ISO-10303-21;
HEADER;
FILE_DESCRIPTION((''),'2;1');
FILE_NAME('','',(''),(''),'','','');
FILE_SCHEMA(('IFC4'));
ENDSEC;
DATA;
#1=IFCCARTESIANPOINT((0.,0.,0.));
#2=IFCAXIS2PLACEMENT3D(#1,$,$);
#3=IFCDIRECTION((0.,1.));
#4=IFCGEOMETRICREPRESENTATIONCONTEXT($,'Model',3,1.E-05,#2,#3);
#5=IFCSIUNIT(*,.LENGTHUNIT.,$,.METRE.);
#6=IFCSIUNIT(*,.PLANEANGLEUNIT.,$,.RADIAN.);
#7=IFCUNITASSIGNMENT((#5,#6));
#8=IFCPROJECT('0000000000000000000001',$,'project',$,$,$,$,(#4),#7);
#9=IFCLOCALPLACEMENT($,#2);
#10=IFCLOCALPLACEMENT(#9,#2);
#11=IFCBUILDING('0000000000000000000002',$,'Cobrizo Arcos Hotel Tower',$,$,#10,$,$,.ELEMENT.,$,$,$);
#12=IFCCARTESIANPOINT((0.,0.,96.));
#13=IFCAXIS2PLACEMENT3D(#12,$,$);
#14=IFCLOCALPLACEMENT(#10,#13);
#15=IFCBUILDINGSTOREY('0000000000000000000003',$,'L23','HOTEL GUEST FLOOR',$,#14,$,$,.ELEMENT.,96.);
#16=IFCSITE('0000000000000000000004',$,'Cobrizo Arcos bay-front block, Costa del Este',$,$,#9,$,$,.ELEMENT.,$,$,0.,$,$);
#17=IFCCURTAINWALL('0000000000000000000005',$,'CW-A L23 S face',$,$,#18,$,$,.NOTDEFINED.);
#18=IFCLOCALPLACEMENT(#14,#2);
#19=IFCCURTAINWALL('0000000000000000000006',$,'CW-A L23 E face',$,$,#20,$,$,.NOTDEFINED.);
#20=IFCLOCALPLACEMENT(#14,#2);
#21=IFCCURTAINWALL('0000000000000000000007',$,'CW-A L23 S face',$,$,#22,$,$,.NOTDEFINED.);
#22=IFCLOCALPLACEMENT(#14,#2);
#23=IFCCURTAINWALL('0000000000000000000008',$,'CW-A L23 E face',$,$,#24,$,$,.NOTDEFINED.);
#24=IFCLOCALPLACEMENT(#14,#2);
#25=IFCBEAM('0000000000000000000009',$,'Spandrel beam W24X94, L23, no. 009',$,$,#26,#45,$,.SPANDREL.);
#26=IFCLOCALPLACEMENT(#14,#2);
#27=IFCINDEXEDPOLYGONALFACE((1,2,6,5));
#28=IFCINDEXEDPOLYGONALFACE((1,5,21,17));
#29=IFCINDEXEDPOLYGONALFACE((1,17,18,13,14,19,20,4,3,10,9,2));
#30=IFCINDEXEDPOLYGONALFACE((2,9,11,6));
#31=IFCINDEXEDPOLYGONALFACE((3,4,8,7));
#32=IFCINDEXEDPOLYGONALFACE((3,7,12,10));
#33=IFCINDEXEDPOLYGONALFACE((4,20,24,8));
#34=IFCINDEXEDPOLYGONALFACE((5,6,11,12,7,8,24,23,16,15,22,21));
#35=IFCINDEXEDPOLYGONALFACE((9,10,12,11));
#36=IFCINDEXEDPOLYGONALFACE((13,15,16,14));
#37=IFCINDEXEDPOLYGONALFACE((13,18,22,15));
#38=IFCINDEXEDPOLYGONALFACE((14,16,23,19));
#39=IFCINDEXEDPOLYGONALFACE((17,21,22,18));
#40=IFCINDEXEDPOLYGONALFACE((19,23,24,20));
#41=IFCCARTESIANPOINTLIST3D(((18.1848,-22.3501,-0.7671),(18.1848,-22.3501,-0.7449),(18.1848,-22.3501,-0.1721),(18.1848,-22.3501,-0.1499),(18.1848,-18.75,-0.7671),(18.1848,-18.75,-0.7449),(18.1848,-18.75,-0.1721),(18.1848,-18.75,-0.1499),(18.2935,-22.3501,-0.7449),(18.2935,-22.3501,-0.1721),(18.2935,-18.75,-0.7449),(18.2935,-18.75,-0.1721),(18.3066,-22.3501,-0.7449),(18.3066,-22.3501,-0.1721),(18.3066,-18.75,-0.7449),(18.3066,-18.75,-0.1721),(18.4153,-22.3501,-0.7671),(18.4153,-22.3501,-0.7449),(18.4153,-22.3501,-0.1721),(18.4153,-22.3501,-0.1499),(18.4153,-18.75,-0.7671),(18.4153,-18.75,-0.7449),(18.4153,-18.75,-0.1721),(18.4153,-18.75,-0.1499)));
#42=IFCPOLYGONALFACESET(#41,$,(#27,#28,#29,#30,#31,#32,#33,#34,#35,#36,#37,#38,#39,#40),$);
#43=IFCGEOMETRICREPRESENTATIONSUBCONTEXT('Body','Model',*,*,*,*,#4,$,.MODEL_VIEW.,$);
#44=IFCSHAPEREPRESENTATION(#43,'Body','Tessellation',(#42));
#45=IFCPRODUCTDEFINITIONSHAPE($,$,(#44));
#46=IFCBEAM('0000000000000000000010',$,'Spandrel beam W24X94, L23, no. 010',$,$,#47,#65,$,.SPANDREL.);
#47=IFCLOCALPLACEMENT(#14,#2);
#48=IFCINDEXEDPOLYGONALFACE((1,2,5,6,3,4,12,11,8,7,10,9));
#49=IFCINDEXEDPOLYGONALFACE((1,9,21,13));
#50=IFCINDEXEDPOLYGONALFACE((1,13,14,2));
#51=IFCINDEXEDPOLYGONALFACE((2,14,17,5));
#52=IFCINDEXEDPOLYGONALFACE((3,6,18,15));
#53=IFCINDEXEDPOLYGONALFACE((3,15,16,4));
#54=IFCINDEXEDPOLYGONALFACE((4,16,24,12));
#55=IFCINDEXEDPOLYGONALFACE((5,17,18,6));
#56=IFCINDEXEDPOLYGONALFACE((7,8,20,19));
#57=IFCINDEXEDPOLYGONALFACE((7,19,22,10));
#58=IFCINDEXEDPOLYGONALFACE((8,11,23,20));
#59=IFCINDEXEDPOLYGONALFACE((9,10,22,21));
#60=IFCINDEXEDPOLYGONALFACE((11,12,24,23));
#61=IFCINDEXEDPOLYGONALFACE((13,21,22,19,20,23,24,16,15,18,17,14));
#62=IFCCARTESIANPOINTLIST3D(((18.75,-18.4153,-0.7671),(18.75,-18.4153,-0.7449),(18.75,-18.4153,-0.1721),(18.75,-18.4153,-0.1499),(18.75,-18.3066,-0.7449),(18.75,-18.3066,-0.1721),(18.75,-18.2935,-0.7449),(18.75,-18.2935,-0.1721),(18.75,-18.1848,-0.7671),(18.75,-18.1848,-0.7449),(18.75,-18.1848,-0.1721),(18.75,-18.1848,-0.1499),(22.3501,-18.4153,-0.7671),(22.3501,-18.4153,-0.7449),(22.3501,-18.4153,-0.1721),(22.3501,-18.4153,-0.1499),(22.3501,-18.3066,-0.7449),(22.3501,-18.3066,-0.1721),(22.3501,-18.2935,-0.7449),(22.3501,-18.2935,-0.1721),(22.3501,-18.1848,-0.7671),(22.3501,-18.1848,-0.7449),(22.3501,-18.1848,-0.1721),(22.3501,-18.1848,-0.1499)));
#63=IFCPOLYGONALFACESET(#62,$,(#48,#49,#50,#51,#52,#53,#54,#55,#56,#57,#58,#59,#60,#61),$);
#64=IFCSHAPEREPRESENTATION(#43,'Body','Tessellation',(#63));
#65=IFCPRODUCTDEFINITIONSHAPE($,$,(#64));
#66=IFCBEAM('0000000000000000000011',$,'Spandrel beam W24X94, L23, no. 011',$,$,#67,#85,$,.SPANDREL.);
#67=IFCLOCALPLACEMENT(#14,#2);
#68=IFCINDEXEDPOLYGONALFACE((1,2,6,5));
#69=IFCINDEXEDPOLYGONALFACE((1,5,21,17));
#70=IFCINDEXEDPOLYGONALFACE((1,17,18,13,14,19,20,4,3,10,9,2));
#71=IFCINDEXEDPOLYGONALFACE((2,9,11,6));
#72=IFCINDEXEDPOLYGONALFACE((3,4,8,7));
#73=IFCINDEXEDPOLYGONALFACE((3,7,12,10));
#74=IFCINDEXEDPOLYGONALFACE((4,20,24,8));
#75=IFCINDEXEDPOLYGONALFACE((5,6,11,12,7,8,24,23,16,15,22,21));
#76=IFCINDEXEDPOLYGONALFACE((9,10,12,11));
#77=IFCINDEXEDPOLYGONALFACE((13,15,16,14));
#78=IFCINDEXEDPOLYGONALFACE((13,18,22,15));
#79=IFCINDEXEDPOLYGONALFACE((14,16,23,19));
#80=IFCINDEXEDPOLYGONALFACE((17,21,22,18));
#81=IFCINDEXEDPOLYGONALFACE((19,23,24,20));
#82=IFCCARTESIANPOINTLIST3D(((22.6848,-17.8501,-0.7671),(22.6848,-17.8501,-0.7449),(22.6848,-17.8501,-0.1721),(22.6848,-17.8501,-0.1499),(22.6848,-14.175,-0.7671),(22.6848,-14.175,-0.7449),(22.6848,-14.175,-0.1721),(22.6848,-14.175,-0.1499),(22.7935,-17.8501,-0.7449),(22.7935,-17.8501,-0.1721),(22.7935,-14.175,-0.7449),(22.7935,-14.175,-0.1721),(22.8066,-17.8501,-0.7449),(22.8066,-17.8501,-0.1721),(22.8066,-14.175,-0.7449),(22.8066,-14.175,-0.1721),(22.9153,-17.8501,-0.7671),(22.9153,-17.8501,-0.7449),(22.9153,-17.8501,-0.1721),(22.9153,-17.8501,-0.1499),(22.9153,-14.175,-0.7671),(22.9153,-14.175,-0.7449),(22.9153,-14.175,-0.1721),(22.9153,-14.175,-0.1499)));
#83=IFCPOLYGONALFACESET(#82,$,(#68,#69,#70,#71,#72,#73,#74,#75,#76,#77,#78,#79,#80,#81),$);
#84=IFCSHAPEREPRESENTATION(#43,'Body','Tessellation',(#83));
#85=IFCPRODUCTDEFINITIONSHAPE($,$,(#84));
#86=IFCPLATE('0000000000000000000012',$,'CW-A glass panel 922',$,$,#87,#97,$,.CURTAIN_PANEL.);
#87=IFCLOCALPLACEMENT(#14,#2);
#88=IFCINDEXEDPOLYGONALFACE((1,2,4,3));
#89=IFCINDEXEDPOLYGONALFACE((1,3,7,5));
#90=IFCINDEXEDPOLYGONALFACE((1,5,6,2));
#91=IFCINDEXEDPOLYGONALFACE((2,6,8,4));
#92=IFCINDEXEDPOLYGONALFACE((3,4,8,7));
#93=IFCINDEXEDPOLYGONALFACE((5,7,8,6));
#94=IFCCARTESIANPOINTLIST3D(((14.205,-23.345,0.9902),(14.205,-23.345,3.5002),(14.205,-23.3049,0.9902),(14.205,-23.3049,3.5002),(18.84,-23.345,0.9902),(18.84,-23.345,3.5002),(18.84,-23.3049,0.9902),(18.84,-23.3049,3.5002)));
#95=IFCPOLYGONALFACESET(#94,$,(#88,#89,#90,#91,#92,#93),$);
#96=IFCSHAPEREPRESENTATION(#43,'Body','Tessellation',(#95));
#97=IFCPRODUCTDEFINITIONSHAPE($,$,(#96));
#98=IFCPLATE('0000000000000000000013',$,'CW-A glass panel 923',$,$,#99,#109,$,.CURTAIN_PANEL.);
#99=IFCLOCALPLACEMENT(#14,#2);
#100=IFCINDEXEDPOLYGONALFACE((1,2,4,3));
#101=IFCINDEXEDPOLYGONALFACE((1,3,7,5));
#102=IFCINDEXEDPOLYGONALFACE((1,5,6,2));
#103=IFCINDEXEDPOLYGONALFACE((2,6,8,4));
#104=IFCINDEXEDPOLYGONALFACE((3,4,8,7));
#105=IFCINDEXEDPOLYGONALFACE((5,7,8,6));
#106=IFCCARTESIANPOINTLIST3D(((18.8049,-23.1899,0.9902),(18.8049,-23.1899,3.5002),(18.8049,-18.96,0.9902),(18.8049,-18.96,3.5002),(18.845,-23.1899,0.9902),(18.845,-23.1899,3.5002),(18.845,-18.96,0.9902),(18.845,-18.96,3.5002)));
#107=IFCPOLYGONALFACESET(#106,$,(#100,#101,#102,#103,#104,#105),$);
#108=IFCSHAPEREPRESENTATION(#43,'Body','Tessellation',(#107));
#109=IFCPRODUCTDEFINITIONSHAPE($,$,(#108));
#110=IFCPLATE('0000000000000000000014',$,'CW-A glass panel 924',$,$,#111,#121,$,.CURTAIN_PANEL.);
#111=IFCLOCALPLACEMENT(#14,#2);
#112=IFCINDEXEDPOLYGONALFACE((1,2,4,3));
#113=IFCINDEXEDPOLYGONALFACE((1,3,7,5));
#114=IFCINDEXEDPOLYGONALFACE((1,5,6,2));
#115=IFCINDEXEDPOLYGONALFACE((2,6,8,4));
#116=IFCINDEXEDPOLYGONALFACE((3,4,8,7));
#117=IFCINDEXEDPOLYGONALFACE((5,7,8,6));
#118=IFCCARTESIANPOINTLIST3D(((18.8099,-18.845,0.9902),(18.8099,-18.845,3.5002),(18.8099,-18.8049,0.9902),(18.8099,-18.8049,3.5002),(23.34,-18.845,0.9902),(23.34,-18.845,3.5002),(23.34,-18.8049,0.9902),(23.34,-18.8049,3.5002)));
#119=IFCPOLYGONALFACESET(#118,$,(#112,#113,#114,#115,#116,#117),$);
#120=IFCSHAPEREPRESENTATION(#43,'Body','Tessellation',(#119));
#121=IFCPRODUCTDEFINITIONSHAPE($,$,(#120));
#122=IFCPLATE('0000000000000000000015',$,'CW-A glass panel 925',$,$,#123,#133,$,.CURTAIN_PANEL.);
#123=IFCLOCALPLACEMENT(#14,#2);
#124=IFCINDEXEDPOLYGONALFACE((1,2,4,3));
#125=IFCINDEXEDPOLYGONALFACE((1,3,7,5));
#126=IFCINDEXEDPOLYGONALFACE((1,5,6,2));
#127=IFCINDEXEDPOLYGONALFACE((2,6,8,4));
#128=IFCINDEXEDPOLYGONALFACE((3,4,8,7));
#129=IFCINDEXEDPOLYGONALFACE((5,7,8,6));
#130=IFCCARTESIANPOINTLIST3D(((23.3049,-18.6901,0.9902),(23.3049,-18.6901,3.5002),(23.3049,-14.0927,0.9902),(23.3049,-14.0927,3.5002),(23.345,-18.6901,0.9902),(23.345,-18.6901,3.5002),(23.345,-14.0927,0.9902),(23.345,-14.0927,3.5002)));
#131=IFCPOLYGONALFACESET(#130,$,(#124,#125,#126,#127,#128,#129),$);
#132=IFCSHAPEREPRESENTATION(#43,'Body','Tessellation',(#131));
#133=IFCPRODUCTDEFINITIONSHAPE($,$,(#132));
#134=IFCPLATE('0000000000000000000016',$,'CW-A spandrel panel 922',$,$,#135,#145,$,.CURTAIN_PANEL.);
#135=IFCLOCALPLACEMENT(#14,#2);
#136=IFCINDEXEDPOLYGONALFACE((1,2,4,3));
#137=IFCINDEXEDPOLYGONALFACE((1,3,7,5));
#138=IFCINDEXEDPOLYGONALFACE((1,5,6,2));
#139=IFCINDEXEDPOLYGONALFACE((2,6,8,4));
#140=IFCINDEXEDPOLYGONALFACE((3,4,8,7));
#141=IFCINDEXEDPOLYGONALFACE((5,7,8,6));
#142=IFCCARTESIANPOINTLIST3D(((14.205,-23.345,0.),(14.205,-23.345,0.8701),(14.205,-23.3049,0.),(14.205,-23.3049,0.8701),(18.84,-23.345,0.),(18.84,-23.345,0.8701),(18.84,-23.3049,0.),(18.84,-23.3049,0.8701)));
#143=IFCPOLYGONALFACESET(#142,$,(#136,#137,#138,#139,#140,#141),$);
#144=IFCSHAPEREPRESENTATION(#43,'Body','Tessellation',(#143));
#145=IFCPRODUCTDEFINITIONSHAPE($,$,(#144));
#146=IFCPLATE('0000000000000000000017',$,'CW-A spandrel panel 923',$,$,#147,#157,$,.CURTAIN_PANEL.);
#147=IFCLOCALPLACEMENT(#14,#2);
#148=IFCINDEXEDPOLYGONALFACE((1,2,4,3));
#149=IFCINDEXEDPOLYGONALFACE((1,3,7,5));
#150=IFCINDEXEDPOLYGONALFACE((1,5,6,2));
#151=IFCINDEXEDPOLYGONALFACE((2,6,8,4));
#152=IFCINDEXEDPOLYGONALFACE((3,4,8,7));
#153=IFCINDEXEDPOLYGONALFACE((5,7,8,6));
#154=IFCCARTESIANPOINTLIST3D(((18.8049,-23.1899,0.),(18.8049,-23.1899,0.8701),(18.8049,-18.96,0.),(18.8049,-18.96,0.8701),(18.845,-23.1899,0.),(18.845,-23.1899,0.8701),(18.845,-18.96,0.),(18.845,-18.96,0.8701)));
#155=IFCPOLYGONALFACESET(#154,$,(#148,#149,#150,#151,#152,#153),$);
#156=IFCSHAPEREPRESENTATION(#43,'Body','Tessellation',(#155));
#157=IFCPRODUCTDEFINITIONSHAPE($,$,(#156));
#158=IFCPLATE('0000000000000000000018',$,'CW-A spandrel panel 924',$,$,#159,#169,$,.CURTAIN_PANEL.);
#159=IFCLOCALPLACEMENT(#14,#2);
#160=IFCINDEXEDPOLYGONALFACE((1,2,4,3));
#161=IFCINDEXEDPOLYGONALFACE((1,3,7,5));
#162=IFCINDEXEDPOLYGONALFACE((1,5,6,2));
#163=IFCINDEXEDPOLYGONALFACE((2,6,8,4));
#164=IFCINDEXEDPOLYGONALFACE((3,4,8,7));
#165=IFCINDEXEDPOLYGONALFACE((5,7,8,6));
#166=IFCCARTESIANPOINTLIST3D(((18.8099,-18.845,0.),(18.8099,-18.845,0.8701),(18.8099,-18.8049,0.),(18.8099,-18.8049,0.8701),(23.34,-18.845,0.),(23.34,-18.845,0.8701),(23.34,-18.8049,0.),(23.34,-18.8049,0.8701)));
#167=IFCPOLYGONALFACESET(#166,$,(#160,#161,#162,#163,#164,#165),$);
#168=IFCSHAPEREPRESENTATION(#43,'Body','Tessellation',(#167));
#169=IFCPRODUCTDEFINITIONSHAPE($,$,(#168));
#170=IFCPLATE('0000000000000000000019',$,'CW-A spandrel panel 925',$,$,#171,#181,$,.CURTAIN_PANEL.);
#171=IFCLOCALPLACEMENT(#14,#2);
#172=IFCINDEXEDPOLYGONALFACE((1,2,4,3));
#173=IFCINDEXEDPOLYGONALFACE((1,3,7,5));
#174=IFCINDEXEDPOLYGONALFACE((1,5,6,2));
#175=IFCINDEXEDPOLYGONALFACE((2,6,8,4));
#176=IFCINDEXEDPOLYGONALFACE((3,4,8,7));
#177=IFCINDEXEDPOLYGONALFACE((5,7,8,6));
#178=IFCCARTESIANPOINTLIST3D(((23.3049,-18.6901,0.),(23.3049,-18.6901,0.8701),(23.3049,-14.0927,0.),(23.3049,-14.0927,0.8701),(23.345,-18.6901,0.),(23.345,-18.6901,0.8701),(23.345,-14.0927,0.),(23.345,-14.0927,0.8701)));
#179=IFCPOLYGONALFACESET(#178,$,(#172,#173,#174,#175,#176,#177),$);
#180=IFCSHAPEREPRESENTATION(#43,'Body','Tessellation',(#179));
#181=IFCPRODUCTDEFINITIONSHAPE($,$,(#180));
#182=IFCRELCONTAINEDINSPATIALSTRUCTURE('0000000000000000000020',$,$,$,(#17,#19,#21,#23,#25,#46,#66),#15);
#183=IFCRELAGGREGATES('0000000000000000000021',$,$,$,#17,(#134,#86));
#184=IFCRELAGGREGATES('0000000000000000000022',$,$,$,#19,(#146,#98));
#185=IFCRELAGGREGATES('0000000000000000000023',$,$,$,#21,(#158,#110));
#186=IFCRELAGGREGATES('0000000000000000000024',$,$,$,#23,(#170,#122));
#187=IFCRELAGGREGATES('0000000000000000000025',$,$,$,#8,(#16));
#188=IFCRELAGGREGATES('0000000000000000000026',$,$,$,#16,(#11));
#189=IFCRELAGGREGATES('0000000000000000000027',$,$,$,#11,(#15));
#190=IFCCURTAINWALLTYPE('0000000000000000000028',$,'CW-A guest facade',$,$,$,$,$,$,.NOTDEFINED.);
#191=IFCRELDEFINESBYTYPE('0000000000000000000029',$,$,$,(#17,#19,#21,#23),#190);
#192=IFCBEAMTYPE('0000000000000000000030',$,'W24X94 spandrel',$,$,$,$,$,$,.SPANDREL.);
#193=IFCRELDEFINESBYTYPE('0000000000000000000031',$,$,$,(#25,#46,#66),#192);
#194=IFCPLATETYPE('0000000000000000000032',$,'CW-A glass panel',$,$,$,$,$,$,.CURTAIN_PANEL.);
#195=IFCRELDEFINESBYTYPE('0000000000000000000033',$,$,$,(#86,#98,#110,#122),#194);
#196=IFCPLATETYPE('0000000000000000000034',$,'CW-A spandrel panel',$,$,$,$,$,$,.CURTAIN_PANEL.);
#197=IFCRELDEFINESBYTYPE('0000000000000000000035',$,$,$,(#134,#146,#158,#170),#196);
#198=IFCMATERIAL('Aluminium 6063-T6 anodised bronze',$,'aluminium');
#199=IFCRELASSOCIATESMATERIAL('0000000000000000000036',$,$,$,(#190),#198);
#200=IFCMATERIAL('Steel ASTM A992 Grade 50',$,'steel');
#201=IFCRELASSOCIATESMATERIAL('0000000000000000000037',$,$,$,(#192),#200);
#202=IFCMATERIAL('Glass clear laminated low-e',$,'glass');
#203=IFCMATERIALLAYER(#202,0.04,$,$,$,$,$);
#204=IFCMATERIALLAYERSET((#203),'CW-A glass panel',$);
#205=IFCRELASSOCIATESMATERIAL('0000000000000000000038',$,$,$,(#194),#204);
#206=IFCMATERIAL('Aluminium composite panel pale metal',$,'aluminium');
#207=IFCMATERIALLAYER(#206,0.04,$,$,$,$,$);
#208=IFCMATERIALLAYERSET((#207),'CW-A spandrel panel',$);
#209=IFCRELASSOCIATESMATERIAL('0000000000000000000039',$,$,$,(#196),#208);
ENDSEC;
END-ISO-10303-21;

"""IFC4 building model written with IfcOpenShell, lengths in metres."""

from ifc_helpers import new_model, si_unit, direction, frame, origin, origin_2d, place, context, subcontext, project, spatial, rectangle, i_section, extrude, material, layer, layer_set, material_profile, profile_set, type_object, element, aggregate, save


model = new_model("IFC4")

# Units and contexts
model_context = context("Model", 3, precision=1e-05, world=origin(), true_north=direction((0.0, 1.0)))
body_context = subcontext(model_context, "Body", "Model", "MODEL_VIEW")
ifc_project = project(units=[si_unit("LENGTHUNIT", "METRE"), si_unit("PLANEANGLEUNIT", "RADIAN")], contexts=[model_context])

# Site, building, storey
site_placement = place(None, origin())
site = spatial("IfcSite", under=ifc_project, at=site_placement, Name="Cobrizo Arcos bay-front block, Costa del Este", CompositionType="ELEMENT", RefElevation=0.0)
building_placement = place(site_placement, origin())
building = spatial("IfcBuilding", under=site, at=building_placement, Name="Cobrizo Arcos Hotel Tower", CompositionType="ELEMENT")
storey_placement = place(building_placement, frame((0.0, 0.0, 96.0)))
storey = spatial("IfcBuildingStorey", under=building, at=storey_placement, Name="L23", Description="HOTEL GUEST FLOOR", CompositionType="ELEMENT", Elevation=96.0)

# Curtain wall
ifc_material_1 = material(Name="Aluminium 6063-T6 anodised bronze", Category="aluminium")
curtain_wall_type = type_object("IfcCurtainWallType", Name="CW-A guest facade", PredefinedType="NOTDEFINED", material=ifc_material_1)
curtain_wall_1_placement = place(storey_placement, origin())
curtain_wall_1 = element("IfcCurtainWall", 1, at=curtain_wall_1_placement, inside=storey, type_object=curtain_wall_type, Name="CW-A L23 S face", PredefinedType="NOTDEFINED")

# Curtain walls
curtain_wall_2_placement = place(storey_placement, origin())
curtain_wall_2 = element("IfcCurtainWall", 2, at=curtain_wall_2_placement, inside=storey, type_object=curtain_wall_type, Name="CW-A L23 E face", PredefinedType="NOTDEFINED")
curtain_wall_3_placement = place(storey_placement, origin())
curtain_wall_3 = element("IfcCurtainWall", 3, at=curtain_wall_3_placement, inside=storey, type_object=curtain_wall_type, Name="CW-A L23 S face", PredefinedType="NOTDEFINED")

# Curtain wall
curtain_wall_4_placement = place(storey_placement, origin())
curtain_wall_4 = element("IfcCurtainWall", 4, at=curtain_wall_4_placement, inside=storey, type_object=curtain_wall_type, Name="CW-A L23 E face", PredefinedType="NOTDEFINED")

# Beams
ifc_material_2 = material(Name="Steel ASTM A992 Grade 50", Category="steel")
ifc_material_profile_1 = material_profile(ifc_material_2, i_section(OverallWidth=0.2305, OverallDepth=0.6172, WebThickness=0.0132, FlangeThickness=0.0222, at=origin_2d()), Name="W24X94")
ifc_profile_set_1 = profile_set([ifc_material_profile_1], Name="Steel ASTM A992 Grade 50")
beam_type_1 = type_object("IfcBeamType", Name="W24X94 spandrel", PredefinedType="SPANDREL", material=ifc_profile_set_1)
for number, where, z_axis, x_axis, name in (
    (5, (18.3, -22.3501, -0.4585), (0.0, 1.0, 0.0), (-1.0, 0.0, 0.0), "Spandrel beam W24X94, L23, no. 009"),
    (6, (18.75, -18.3, -0.4585), (1.0, 0.0, 0.0), (0.0, 1.0, 0.0), "Spandrel beam W24X94, L23, no. 010"),
):
    element("IfcBeam", number, at=place(storey_placement, frame(where, z_axis=z_axis, x_axis=x_axis)), inside=storey, type_object=beam_type_1, Name=name, PredefinedType="SPANDREL", context=body_context, shape_type="SweptSolid", body=[
        extrude(i_section(OverallWidth=0.2305, OverallDepth=0.6172, WebThickness=0.0132, FlangeThickness=0.0222, at=origin_2d()), origin(), (0.0, 0.0, 1.0), 3.6001),
    ])
beam_1_placement = place(storey_placement, frame((22.8, -17.8501, -0.4585), z_axis=(0.0, 1.0, 0.0), x_axis=(-1.0, 0.0, 0.0)))
element("IfcBeam", 7, at=beam_1_placement, inside=storey, type_object=beam_type_1, Name="Spandrel beam W24X94, L23, no. 011", PredefinedType="SPANDREL", context=body_context, shape_type="SweptSolid", body=[
    extrude(i_section(OverallWidth=0.2305, OverallDepth=0.6172, WebThickness=0.0132, FlangeThickness=0.0222, at=origin_2d()), origin(), (0.0, 0.0, 1.0), 3.675),
])

# Plates
ifc_material_3 = material(Name="Glass clear laminated low-e", Category="glass")
ifc_layer_1 = layer(ifc_material_3, 0.04)
ifc_layer_set_1 = layer_set([ifc_layer_1], Name="CW-A glass panel")
plate_type_1 = type_object("IfcPlateType", Name="CW-A glass panel", PredefinedType="CURTAIN_PANEL", material=ifc_layer_set_1)
plate_1_placement = place(storey_placement, frame((16.5225, -23.325, 0.9902), z_axis=(0.0, 0.0, 1.0), x_axis=(1.0, 0.0, 0.0)))
plate_1 = element("IfcPlate", 8, at=plate_1_placement, type_object=plate_type_1, Name="CW-A glass panel 922", PredefinedType="CURTAIN_PANEL", context=body_context, shape_type="SweptSolid", body=[
    extrude(rectangle(XDim=4.635, YDim=0.04, at=origin_2d()), origin(), (0.0, 0.0, 1.0), 2.51),
])
plate_2_placement = place(storey_placement, frame((18.825, -21.075, 0.9902), z_axis=(0.0, 0.0, 1.0), x_axis=(0.0, 1.0, 0.0)))
plate_2 = element("IfcPlate", 9, at=plate_2_placement, type_object=plate_type_1, Name="CW-A glass panel 923", PredefinedType="CURTAIN_PANEL", context=body_context, shape_type="SweptSolid", body=[
    extrude(rectangle(XDim=4.23, YDim=0.04, at=origin_2d()), origin(), (0.0, 0.0, 1.0), 2.51),
])
plate_3_placement = place(storey_placement, frame((21.075, -18.825, 0.9902), z_axis=(0.0, 0.0, 1.0), x_axis=(1.0, 0.0, 0.0)))
plate_3 = element("IfcPlate", 10, at=plate_3_placement, type_object=plate_type_1, Name="CW-A glass panel 924", PredefinedType="CURTAIN_PANEL", context=body_context, shape_type="SweptSolid", body=[
    extrude(rectangle(XDim=4.53, YDim=0.04, at=origin_2d()), origin(), (0.0, 0.0, 1.0), 2.51),
])
plate_4_placement = place(storey_placement, frame((23.325, -16.3914, 0.9902), z_axis=(0.0, 0.0, 1.0), x_axis=(0.0, 1.0, 0.0)))
plate_4 = element("IfcPlate", 11, at=plate_4_placement, type_object=plate_type_1, Name="CW-A glass panel 925", PredefinedType="CURTAIN_PANEL", context=body_context, shape_type="SweptSolid", body=[
    extrude(rectangle(XDim=4.5974, YDim=0.04, at=origin_2d()), origin(), (0.0, 0.0, 1.0), 2.51),
])
ifc_material_4 = material(Name="Aluminium composite panel pale metal", Category="aluminium")
ifc_layer_2 = layer(ifc_material_4, 0.04)
ifc_layer_set_2 = layer_set([ifc_layer_2], Name="CW-A spandrel panel")
plate_type_2 = type_object("IfcPlateType", Name="CW-A spandrel panel", PredefinedType="CURTAIN_PANEL", material=ifc_layer_set_2)
plate_5_placement = place(storey_placement, frame((16.5225, -23.325, 0.0), z_axis=(0.0, 0.0, 1.0), x_axis=(1.0, 0.0, 0.0)))
plate_5 = element("IfcPlate", 12, at=plate_5_placement, type_object=plate_type_2, Name="CW-A spandrel panel 922", PredefinedType="CURTAIN_PANEL", context=body_context, shape_type="SweptSolid", body=[
    extrude(rectangle(XDim=4.635, YDim=0.04, at=origin_2d()), origin(), (0.0, 0.0, 1.0), 0.8701),
])
aggregate(curtain_wall_1, [plate_5, plate_1])
plate_6_placement = place(storey_placement, frame((18.825, -21.075, 0.0), z_axis=(0.0, 0.0, 1.0), x_axis=(0.0, 1.0, 0.0)))
plate_6 = element("IfcPlate", 13, at=plate_6_placement, type_object=plate_type_2, Name="CW-A spandrel panel 923", PredefinedType="CURTAIN_PANEL", context=body_context, shape_type="SweptSolid", body=[
    extrude(rectangle(XDim=4.23, YDim=0.04, at=origin_2d()), origin(), (0.0, 0.0, 1.0), 0.8701),
])
aggregate(curtain_wall_2, [plate_6, plate_2])
plate_7_placement = place(storey_placement, frame((21.075, -18.825, 0.0), z_axis=(0.0, 0.0, 1.0), x_axis=(1.0, 0.0, 0.0)))
plate_7 = element("IfcPlate", 14, at=plate_7_placement, type_object=plate_type_2, Name="CW-A spandrel panel 924", PredefinedType="CURTAIN_PANEL", context=body_context, shape_type="SweptSolid", body=[
    extrude(rectangle(XDim=4.53, YDim=0.04, at=origin_2d()), origin(), (0.0, 0.0, 1.0), 0.8701),
])
aggregate(curtain_wall_3, [plate_7, plate_3])
plate_8_placement = place(storey_placement, frame((23.325, -16.3914, 0.0), z_axis=(0.0, 0.0, 1.0), x_axis=(0.0, 1.0, 0.0)))
plate_8 = element("IfcPlate", 15, at=plate_8_placement, type_object=plate_type_2, Name="CW-A spandrel panel 925", PredefinedType="CURTAIN_PANEL", context=body_context, shape_type="SweptSolid", body=[
    extrude(rectangle(XDim=4.5974, YDim=0.04, at=origin_2d()), origin(), (0.0, 0.0, 1.0), 0.8701),
])
aggregate(curtain_wall_4, [plate_8, plate_4])

save(model, "model.ifc")
